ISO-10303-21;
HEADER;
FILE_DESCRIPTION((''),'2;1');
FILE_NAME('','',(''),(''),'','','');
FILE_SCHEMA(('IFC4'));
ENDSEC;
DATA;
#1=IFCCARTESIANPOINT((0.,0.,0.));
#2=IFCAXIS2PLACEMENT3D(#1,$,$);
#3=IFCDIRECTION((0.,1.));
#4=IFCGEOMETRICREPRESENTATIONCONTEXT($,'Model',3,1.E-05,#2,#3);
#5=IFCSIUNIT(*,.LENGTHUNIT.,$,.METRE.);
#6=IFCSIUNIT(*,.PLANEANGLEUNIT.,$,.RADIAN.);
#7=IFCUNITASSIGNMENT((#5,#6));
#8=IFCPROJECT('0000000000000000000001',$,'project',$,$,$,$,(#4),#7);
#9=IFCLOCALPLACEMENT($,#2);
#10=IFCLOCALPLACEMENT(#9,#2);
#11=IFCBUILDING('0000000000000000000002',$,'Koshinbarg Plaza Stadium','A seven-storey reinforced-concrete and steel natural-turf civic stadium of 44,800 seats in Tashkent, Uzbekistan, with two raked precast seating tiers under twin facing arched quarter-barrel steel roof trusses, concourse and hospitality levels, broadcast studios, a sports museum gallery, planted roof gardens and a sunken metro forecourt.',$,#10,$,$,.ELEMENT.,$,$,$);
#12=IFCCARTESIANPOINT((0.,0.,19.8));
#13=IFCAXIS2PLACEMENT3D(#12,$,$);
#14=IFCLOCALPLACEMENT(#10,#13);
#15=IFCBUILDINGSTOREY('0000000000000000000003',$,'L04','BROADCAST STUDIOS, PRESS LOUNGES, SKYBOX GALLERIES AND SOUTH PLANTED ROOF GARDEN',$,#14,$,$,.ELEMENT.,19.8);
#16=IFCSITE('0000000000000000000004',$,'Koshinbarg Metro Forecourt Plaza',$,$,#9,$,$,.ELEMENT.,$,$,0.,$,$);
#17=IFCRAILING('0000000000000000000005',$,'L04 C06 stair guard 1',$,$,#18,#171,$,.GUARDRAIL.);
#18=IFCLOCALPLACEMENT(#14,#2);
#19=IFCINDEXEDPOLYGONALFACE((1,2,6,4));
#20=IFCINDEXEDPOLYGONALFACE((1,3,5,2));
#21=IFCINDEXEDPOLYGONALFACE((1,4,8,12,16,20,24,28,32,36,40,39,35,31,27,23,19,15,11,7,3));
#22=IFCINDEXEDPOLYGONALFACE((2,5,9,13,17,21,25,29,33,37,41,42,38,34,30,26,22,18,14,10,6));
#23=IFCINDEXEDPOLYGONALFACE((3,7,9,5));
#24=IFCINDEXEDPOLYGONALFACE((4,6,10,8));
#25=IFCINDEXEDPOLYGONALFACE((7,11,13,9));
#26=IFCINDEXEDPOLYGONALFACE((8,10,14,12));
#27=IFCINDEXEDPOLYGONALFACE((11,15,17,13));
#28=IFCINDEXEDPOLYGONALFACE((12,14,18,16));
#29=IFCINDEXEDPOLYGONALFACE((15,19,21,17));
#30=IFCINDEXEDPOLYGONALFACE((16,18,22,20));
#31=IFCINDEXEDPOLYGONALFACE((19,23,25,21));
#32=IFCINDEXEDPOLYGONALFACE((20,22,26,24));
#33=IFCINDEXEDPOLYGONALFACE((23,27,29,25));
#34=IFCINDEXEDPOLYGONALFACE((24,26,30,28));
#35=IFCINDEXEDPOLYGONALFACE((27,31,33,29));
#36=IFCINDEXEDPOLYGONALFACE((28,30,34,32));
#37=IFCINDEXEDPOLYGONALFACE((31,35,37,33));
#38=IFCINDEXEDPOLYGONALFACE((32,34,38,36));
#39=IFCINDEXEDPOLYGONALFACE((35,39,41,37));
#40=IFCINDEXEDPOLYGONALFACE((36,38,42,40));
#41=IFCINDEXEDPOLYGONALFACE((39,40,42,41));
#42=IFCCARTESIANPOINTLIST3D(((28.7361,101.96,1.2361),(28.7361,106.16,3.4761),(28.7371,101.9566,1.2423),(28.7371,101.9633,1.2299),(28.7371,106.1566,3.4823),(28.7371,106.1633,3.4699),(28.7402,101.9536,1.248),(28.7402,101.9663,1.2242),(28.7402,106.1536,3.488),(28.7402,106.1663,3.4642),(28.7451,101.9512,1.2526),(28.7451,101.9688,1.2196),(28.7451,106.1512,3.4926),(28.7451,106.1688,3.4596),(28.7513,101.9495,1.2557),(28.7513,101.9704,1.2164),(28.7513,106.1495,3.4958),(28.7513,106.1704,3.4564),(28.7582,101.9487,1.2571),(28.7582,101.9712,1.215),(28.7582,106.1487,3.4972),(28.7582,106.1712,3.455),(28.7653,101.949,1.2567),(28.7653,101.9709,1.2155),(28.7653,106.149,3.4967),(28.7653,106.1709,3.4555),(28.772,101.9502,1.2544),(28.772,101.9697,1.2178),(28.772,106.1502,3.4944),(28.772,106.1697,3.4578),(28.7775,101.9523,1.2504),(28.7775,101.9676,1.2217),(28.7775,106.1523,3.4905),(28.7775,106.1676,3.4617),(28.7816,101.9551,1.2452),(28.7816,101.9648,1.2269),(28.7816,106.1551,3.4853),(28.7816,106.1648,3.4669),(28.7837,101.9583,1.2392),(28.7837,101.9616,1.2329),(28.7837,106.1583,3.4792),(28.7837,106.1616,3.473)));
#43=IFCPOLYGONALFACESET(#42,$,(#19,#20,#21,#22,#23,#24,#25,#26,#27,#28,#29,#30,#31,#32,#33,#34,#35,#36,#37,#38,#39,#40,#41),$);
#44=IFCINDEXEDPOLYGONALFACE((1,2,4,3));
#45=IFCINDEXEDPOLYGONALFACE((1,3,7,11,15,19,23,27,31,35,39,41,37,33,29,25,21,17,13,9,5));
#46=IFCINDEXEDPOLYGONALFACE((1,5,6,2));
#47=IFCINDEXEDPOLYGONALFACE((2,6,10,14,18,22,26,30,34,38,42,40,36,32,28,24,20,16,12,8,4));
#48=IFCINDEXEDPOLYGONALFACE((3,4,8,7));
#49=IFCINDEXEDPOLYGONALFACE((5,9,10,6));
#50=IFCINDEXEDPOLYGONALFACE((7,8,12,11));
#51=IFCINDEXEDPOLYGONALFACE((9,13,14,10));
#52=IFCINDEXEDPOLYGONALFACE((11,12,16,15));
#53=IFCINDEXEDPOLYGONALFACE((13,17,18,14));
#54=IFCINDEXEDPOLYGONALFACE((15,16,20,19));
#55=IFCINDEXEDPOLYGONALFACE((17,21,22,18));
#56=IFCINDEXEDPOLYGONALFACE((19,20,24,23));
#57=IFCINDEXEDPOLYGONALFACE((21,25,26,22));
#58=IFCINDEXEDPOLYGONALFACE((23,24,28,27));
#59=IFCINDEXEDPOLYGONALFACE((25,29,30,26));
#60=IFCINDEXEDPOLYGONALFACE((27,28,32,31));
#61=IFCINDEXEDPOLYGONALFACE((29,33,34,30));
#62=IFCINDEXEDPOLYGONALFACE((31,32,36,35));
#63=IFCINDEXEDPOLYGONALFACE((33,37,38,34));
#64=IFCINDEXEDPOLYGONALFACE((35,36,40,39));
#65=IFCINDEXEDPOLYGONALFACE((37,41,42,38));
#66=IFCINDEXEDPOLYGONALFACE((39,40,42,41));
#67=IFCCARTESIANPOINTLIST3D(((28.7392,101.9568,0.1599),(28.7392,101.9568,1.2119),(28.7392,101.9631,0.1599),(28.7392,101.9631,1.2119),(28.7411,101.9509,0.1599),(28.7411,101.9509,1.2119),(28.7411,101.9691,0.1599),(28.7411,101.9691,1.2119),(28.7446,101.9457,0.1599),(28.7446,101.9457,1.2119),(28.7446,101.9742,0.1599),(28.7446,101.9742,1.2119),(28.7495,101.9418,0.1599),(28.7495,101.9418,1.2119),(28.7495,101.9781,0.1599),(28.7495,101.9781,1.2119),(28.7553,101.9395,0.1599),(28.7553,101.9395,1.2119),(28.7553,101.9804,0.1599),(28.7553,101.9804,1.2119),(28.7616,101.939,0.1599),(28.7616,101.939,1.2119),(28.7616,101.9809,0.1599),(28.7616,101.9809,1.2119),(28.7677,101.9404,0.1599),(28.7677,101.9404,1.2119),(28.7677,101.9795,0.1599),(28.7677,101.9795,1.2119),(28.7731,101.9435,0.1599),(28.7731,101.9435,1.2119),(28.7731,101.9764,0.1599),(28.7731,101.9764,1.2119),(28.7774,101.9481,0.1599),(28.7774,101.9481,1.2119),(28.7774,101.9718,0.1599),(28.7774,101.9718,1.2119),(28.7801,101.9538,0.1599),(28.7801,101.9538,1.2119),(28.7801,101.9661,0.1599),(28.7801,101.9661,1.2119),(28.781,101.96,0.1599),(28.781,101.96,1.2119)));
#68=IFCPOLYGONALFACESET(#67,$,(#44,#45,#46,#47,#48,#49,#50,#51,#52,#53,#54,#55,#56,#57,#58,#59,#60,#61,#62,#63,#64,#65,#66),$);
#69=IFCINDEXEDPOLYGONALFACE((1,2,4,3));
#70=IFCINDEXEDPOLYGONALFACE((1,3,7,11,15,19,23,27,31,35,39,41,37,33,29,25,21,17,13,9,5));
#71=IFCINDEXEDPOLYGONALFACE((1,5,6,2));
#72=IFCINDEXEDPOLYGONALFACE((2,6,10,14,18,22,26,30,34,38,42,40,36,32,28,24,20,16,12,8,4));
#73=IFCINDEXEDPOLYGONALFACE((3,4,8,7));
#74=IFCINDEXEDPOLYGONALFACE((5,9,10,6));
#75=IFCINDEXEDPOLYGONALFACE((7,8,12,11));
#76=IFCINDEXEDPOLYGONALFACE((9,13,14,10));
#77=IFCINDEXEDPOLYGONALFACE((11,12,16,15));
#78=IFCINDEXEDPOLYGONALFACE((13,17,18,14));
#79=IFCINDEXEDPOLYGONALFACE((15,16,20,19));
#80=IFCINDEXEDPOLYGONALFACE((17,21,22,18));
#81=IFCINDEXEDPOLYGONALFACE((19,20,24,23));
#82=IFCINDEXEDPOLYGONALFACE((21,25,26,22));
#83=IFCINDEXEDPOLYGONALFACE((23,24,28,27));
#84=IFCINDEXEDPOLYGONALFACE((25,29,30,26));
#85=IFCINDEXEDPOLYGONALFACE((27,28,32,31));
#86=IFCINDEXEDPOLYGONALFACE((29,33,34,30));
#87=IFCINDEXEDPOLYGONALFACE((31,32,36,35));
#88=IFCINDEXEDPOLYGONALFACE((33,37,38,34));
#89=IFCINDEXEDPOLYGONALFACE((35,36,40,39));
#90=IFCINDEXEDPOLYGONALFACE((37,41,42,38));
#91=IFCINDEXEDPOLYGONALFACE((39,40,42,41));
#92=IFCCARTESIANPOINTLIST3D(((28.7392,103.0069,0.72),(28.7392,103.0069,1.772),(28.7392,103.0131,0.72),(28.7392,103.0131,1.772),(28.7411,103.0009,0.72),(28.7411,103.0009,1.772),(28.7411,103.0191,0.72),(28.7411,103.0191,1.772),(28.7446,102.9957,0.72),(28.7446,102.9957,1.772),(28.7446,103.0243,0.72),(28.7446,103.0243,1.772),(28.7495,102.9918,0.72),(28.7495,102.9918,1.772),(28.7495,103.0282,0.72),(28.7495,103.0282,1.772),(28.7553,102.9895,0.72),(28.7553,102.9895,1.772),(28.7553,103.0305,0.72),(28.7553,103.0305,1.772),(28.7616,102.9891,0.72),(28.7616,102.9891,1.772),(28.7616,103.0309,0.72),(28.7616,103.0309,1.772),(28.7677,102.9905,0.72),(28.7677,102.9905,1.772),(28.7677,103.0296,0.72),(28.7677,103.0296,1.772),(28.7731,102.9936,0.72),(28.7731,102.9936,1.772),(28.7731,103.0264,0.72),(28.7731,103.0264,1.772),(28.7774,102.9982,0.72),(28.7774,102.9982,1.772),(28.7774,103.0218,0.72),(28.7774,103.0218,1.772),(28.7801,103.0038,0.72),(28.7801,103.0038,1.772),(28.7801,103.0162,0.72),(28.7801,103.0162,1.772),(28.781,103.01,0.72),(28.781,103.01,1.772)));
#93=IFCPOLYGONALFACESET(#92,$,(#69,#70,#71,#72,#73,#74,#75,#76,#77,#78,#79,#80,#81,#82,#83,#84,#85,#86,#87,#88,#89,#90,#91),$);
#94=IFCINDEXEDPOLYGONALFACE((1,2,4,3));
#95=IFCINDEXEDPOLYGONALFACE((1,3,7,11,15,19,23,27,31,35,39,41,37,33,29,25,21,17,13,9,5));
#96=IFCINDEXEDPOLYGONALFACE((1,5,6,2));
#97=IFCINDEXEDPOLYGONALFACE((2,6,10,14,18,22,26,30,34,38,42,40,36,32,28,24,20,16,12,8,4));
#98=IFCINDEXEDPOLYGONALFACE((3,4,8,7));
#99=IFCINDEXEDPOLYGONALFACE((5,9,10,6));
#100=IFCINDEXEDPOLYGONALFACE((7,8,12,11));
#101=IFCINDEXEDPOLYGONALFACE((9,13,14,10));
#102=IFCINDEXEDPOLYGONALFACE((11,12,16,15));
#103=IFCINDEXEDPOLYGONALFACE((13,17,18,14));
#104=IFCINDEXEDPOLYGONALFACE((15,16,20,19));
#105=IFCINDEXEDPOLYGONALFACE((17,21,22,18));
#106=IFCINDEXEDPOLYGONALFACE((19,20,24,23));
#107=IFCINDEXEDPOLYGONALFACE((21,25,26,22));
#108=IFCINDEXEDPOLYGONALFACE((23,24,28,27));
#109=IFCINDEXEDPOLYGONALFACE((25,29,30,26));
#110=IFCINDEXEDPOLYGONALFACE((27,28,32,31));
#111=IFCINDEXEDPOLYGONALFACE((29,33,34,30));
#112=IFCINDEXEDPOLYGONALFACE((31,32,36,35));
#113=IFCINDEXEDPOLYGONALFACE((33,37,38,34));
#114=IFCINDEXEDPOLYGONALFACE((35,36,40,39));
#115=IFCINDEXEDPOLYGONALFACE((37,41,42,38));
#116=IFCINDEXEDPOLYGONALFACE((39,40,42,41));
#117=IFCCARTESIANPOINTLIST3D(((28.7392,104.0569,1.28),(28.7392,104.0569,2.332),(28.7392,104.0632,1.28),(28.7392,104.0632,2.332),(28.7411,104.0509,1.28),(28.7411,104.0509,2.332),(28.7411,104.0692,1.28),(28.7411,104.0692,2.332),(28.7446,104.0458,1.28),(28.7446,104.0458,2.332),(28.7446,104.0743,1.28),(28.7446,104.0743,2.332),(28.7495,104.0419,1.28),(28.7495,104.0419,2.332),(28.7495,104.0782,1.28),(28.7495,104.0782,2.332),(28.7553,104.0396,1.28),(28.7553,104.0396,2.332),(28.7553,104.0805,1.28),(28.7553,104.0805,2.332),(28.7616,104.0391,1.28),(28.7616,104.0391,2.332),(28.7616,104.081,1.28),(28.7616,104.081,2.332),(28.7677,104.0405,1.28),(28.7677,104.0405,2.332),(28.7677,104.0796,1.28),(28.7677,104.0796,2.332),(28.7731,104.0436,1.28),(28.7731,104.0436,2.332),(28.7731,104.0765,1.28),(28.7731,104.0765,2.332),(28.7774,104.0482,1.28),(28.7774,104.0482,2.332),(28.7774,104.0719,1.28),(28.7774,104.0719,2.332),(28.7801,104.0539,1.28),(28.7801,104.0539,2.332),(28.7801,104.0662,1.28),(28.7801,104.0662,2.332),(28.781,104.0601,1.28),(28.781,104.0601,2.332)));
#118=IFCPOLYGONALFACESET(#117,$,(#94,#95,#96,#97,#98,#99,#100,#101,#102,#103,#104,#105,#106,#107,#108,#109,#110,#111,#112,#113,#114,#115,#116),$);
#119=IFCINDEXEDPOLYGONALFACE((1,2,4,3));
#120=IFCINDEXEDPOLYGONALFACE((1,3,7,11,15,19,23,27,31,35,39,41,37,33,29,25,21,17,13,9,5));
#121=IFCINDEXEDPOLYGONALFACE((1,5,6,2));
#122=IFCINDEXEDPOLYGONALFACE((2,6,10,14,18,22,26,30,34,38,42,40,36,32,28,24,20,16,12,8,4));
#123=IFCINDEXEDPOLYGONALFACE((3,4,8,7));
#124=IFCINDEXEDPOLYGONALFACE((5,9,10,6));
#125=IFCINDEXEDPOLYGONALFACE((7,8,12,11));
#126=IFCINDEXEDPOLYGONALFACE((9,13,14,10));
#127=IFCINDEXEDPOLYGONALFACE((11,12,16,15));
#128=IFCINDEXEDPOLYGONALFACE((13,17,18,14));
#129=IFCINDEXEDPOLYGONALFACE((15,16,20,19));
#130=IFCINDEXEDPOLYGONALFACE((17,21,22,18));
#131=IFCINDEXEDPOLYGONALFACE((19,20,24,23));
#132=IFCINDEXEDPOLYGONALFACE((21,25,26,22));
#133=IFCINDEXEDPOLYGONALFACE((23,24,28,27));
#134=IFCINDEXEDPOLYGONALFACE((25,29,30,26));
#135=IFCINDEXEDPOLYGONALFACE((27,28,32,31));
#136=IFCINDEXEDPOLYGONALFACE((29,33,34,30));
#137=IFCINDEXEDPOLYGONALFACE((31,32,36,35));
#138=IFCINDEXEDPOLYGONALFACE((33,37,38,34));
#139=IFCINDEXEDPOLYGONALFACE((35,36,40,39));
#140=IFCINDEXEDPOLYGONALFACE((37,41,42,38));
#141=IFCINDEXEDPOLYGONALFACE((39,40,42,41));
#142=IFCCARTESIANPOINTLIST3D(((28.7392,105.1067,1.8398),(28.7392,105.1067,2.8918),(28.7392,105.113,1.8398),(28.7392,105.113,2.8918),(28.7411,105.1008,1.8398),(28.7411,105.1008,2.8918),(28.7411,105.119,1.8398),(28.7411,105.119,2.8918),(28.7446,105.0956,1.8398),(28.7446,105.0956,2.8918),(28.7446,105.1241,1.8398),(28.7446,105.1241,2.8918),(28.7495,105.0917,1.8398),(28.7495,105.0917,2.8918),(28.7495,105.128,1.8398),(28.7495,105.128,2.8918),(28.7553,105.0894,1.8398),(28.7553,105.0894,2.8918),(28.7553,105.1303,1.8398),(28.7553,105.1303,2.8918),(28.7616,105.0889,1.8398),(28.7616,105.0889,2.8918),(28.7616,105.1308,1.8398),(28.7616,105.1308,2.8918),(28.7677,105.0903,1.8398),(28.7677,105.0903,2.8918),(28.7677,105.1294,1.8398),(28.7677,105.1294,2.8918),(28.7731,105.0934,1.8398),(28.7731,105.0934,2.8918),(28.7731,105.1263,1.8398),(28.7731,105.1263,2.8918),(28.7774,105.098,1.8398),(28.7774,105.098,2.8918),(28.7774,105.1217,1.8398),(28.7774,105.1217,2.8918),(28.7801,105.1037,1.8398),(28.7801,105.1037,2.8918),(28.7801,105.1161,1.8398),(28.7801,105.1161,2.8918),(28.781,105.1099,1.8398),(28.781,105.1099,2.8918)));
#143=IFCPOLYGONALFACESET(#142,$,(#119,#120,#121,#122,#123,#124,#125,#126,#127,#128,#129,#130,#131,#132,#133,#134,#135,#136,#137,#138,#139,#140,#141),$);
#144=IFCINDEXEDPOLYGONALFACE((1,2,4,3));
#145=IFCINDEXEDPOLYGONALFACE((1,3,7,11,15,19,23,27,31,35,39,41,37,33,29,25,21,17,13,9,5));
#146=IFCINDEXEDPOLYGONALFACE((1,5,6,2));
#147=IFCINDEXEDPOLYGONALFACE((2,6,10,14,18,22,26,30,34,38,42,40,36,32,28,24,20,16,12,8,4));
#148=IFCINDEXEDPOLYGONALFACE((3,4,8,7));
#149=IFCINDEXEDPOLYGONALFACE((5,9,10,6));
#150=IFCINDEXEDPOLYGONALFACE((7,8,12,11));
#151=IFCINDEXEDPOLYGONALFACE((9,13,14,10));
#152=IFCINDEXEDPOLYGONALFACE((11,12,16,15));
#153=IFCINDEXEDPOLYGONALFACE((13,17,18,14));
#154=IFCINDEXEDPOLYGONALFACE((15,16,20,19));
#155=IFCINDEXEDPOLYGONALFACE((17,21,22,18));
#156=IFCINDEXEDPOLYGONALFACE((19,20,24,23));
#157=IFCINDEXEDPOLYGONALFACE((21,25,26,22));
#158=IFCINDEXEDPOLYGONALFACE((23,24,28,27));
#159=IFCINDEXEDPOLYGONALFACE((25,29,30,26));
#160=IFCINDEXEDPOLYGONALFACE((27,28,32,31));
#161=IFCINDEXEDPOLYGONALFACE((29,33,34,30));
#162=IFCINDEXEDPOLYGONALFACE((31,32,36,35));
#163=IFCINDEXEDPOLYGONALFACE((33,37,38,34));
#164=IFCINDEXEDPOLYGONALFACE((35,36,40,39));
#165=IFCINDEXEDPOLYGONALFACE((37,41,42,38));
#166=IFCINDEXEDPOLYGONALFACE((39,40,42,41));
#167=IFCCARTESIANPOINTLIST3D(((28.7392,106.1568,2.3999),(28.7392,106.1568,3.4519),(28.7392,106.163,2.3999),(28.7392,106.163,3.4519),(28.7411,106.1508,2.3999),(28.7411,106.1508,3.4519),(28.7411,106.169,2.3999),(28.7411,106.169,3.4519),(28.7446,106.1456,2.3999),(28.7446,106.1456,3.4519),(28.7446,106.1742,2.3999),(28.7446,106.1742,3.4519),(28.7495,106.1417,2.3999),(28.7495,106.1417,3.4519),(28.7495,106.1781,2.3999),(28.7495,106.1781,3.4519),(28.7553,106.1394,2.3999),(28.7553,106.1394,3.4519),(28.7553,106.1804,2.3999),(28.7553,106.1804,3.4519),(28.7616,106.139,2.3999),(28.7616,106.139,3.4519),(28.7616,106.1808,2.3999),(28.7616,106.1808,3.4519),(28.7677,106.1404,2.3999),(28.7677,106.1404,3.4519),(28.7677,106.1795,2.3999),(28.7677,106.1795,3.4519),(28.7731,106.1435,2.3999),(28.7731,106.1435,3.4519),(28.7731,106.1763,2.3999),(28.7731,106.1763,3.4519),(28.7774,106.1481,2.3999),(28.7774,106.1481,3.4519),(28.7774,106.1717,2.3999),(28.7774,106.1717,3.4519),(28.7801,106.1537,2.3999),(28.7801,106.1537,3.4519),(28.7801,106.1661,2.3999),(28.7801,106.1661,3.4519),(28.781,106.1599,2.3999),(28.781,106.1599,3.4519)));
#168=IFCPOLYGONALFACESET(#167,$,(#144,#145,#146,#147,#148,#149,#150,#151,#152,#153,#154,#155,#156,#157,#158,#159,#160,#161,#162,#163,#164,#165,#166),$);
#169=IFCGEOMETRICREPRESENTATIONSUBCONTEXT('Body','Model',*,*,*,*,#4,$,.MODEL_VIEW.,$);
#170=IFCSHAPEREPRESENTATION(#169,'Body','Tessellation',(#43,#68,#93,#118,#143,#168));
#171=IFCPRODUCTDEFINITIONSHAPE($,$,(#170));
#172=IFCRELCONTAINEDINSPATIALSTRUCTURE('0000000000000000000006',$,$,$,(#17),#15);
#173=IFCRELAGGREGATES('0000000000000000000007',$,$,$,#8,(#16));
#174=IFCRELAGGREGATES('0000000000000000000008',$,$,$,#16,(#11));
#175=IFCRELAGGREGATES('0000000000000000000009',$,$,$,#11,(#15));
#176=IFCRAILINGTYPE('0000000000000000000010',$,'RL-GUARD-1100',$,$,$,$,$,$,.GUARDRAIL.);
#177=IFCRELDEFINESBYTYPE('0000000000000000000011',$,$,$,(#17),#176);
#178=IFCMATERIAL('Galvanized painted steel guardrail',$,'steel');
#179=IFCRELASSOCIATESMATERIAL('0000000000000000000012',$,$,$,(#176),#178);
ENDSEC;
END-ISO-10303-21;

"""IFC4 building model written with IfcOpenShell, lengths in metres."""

from ifc_helpers import new_model, si_unit, direction, frame, origin, origin_2d, place, context, subcontext, project, spatial, circle, extrude, material, type_object, element, save


model = new_model("IFC4")

# Units and contexts
model_context = context("Model", 3, precision=1e-05, world=origin(), true_north=direction((0.0, 1.0)))
body_context = subcontext(model_context, "Body", "Model", "MODEL_VIEW")
ifc_project = project(units=[si_unit("LENGTHUNIT", "METRE"), si_unit("PLANEANGLEUNIT", "RADIAN")], contexts=[model_context])

# Site, building, storey
site_placement = place(None, origin())
site = spatial("IfcSite", under=ifc_project, at=site_placement, Name="Koshinbarg Metro Forecourt Plaza", CompositionType="ELEMENT", RefElevation=0.0)
building_placement = place(site_placement, origin())
building = spatial("IfcBuilding", under=site, at=building_placement, Name="Koshinbarg Plaza Stadium", Description="A seven-storey reinforced-concrete and steel natural-turf civic stadium of 44,800 seats in Tashkent, Uzbekistan, with two raked precast seating tiers under twin facing arched quarter-barrel steel roof trusses, concourse and hospitality levels, broadcast studios, a sports museum gallery, planted roof gardens and a sunken metro forecourt.", CompositionType="ELEMENT")
storey_placement = place(building_placement, frame((0.0, 0.0, 19.8)))
storey = spatial("IfcBuildingStorey", under=building, at=storey_placement, Name="L04", Description="BROADCAST STUDIOS, PRESS LOUNGES, SKYBOX GALLERIES AND SOUTH PLANTED ROOF GARDEN", CompositionType="ELEMENT", Elevation=19.8)

# Railing
ifc_material_1 = material(Name="Galvanized painted steel guardrail", Category="steel")
railing_type_1 = type_object("IfcRailingType", Name="RL-GUARD-1100", PredefinedType="GUARDRAIL", material=ifc_material_1)
railing_1_placement = place(storey_placement, frame((28.76, 101.96, 0.1599)))
element("IfcRailing", 1, at=railing_1_placement, inside=storey, type_object=railing_type_1, Name="L04 C06 stair guard 1", PredefinedType="GUARDRAIL", context=body_context, shape_type="SweptSolid", body=[
    extrude(circle(Radius=0.0239, at=origin_2d()), frame((0.0, 0.0, 1.0762), z_axis=(0.0, 0.882352, 0.470591), x_axis=(-1.0, 0.0, 0.0)), (0.0, 0.0, 1.0), 4.76),
    extrude(circle(Radius=0.021, at=origin_2d()), origin(), (0.0, 0.0, 1.0), 1.052),
    extrude(circle(Radius=0.021, at=origin_2d()), frame((0.0, 1.05, 0.5601)), (0.0, 0.0, 1.0), 1.052),
    extrude(circle(Radius=0.021, at=origin_2d()), frame((0.0, 2.1001, 1.1201)), (0.0, 0.0, 1.0), 1.052),
    extrude(circle(Radius=0.021, at=origin_2d()), frame((0.0, 3.1499, 1.6799)), (0.0, 0.0, 1.0), 1.052),
    extrude(circle(Radius=0.021, at=origin_2d()), frame((0.0, 4.2, 2.24)), (0.0, 0.0, 1.0), 1.052),
])

save(model, "model.ifc")
